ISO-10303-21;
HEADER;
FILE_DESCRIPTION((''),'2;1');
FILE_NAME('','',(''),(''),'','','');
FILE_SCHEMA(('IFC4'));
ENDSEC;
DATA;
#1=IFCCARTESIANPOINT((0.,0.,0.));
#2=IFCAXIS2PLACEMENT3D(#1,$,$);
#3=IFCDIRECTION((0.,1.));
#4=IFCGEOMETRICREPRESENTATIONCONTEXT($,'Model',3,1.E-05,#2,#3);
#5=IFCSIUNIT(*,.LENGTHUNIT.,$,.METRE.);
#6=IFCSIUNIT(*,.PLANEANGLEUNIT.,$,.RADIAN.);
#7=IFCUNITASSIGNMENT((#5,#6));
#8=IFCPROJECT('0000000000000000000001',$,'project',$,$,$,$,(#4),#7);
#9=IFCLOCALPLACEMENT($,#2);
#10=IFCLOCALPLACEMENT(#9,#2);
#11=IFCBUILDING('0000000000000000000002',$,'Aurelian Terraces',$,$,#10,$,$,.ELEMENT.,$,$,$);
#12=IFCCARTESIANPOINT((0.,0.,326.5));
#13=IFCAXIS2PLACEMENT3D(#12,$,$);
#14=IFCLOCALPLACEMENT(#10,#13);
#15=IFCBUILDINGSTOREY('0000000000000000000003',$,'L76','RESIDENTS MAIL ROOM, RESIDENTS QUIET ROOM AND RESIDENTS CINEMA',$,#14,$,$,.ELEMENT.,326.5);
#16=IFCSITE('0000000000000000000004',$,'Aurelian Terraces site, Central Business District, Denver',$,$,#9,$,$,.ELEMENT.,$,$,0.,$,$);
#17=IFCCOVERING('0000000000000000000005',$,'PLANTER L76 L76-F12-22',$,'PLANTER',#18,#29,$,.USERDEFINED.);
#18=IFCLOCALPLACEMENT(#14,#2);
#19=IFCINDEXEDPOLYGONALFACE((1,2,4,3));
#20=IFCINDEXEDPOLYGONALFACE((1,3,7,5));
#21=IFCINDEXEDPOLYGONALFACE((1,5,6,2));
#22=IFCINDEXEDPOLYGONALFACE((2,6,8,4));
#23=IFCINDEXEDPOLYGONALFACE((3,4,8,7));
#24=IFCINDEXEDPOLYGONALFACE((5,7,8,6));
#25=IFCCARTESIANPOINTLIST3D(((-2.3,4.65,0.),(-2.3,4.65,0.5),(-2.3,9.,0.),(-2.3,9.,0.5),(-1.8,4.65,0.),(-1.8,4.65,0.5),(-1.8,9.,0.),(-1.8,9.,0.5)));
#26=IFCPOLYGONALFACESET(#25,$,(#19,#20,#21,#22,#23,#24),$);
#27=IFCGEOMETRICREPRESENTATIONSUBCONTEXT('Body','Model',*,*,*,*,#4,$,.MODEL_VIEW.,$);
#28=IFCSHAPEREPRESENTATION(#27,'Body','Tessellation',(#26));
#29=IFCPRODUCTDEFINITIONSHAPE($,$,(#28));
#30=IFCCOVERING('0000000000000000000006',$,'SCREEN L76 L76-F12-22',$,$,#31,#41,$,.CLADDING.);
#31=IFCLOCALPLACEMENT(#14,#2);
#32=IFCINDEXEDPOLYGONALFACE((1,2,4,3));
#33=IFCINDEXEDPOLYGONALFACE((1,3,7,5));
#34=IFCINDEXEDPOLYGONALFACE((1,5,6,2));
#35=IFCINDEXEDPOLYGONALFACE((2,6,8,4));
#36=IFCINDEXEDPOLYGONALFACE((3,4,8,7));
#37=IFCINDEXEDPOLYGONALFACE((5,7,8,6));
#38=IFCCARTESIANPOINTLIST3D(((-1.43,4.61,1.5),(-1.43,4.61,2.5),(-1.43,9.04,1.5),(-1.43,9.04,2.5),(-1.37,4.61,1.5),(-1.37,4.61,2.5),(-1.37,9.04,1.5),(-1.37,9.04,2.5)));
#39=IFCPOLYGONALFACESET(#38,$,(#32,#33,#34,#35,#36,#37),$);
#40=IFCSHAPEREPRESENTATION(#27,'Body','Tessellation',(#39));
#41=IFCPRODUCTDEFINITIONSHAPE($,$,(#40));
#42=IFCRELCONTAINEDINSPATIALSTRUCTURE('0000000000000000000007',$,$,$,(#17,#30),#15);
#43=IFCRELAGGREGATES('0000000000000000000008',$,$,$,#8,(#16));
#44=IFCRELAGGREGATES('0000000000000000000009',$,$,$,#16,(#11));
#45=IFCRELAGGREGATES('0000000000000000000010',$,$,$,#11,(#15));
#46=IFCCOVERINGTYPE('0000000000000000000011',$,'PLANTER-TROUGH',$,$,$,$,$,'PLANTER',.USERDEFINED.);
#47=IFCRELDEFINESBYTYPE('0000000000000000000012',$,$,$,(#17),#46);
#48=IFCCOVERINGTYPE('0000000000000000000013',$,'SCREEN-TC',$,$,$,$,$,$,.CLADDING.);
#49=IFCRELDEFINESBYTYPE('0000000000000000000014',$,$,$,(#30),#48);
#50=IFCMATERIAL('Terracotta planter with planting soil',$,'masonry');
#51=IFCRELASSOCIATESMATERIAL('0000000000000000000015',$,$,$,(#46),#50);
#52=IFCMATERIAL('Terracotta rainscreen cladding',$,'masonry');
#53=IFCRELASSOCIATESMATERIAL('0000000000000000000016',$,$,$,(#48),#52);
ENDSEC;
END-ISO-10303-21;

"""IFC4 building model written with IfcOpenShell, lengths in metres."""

from ifc_helpers import new_model, si_unit, direction, frame, origin, origin_2d, place, context, subcontext, project, spatial, rectangle, extrude, source, transform, mapped, material, type_object, element, save


model = new_model("IFC4")

# Units and contexts
model_context = context("Model", 3, precision=1e-05, world=origin(), true_north=direction((0.0, 1.0)))
body_context = subcontext(model_context, "Body", "Model", "MODEL_VIEW")
ifc_project = project(units=[si_unit("LENGTHUNIT", "METRE"), si_unit("PLANEANGLEUNIT", "RADIAN")], contexts=[model_context])

# Site, building, storey
site_placement = place(None, origin())
site = spatial("IfcSite", under=ifc_project, at=site_placement, Name="Aurelian Terraces site, Central Business District, Denver", CompositionType="ELEMENT", RefElevation=0.0)
building_placement = place(site_placement, origin())
building = spatial("IfcBuilding", under=site, at=building_placement, Name="Aurelian Terraces", CompositionType="ELEMENT")
storey_placement = place(building_placement, frame((0.0, 0.0, 326.5)))
storey = spatial("IfcBuildingStorey", under=building, at=storey_placement, Name="L76", Description="RESIDENTS MAIL ROOM, RESIDENTS QUIET ROOM AND RESIDENTS CINEMA", CompositionType="ELEMENT", Elevation=326.5)

# Shared definitions
ifc_material_1 = material(Name="Terracotta rainscreen cladding", Category="masonry")

# Coverings
ifc_material_2 = material(Name="Terracotta planter with planting soil", Category="masonry")
covering_type_1 = type_object("IfcCoveringType", Name="PLANTER-TROUGH", ElementType="PLANTER", PredefinedType="USERDEFINED", material=ifc_material_2)
shared_shape_1 = source(origin(), body_context, "Body", "SweptSolid", [
    extrude(rectangle(XDim=0.5, YDim=4.35, at=origin_2d()), origin(), (0.0, 0.0, 1.0), 0.5),
])
covering_1_placement = place(storey_placement, frame((-2.05, 6.825, 0.0), z_axis=(0.0, 0.0, 1.0), x_axis=(1.0, 0.0, 0.0)))
element("IfcCovering", 1, at=covering_1_placement, inside=storey, type_object=covering_type_1, Name="PLANTER L76 L76-F12-22", ObjectType="PLANTER", PredefinedType="USERDEFINED", context=body_context, shape_type="MappedRepresentation", body=[
    mapped(shared_shape_1, transform((0.0, 0.0, 0.0), scale=1.0)),
])
covering_type_2 = type_object("IfcCoveringType", Name="SCREEN-TC", PredefinedType="CLADDING", material=ifc_material_1)
shared_shape_2 = source(origin(), body_context, "Body", "SweptSolid", [
    extrude(rectangle(XDim=0.06, YDim=4.43, at=origin_2d()), origin(), (0.0, 0.0, 1.0), 1.0),
])
covering_2_placement = place(storey_placement, frame((-1.4, 6.825, 1.5), z_axis=(0.0, 0.0, 1.0), x_axis=(1.0, 0.0, 0.0)))
element("IfcCovering", 2, at=covering_2_placement, inside=storey, type_object=covering_type_2, Name="SCREEN L76 L76-F12-22", PredefinedType="CLADDING", context=body_context, shape_type="MappedRepresentation", body=[
    mapped(shared_shape_2, transform((0.0, 0.0, 0.0), scale=1.0)),
])

save(model, "model.ifc")
